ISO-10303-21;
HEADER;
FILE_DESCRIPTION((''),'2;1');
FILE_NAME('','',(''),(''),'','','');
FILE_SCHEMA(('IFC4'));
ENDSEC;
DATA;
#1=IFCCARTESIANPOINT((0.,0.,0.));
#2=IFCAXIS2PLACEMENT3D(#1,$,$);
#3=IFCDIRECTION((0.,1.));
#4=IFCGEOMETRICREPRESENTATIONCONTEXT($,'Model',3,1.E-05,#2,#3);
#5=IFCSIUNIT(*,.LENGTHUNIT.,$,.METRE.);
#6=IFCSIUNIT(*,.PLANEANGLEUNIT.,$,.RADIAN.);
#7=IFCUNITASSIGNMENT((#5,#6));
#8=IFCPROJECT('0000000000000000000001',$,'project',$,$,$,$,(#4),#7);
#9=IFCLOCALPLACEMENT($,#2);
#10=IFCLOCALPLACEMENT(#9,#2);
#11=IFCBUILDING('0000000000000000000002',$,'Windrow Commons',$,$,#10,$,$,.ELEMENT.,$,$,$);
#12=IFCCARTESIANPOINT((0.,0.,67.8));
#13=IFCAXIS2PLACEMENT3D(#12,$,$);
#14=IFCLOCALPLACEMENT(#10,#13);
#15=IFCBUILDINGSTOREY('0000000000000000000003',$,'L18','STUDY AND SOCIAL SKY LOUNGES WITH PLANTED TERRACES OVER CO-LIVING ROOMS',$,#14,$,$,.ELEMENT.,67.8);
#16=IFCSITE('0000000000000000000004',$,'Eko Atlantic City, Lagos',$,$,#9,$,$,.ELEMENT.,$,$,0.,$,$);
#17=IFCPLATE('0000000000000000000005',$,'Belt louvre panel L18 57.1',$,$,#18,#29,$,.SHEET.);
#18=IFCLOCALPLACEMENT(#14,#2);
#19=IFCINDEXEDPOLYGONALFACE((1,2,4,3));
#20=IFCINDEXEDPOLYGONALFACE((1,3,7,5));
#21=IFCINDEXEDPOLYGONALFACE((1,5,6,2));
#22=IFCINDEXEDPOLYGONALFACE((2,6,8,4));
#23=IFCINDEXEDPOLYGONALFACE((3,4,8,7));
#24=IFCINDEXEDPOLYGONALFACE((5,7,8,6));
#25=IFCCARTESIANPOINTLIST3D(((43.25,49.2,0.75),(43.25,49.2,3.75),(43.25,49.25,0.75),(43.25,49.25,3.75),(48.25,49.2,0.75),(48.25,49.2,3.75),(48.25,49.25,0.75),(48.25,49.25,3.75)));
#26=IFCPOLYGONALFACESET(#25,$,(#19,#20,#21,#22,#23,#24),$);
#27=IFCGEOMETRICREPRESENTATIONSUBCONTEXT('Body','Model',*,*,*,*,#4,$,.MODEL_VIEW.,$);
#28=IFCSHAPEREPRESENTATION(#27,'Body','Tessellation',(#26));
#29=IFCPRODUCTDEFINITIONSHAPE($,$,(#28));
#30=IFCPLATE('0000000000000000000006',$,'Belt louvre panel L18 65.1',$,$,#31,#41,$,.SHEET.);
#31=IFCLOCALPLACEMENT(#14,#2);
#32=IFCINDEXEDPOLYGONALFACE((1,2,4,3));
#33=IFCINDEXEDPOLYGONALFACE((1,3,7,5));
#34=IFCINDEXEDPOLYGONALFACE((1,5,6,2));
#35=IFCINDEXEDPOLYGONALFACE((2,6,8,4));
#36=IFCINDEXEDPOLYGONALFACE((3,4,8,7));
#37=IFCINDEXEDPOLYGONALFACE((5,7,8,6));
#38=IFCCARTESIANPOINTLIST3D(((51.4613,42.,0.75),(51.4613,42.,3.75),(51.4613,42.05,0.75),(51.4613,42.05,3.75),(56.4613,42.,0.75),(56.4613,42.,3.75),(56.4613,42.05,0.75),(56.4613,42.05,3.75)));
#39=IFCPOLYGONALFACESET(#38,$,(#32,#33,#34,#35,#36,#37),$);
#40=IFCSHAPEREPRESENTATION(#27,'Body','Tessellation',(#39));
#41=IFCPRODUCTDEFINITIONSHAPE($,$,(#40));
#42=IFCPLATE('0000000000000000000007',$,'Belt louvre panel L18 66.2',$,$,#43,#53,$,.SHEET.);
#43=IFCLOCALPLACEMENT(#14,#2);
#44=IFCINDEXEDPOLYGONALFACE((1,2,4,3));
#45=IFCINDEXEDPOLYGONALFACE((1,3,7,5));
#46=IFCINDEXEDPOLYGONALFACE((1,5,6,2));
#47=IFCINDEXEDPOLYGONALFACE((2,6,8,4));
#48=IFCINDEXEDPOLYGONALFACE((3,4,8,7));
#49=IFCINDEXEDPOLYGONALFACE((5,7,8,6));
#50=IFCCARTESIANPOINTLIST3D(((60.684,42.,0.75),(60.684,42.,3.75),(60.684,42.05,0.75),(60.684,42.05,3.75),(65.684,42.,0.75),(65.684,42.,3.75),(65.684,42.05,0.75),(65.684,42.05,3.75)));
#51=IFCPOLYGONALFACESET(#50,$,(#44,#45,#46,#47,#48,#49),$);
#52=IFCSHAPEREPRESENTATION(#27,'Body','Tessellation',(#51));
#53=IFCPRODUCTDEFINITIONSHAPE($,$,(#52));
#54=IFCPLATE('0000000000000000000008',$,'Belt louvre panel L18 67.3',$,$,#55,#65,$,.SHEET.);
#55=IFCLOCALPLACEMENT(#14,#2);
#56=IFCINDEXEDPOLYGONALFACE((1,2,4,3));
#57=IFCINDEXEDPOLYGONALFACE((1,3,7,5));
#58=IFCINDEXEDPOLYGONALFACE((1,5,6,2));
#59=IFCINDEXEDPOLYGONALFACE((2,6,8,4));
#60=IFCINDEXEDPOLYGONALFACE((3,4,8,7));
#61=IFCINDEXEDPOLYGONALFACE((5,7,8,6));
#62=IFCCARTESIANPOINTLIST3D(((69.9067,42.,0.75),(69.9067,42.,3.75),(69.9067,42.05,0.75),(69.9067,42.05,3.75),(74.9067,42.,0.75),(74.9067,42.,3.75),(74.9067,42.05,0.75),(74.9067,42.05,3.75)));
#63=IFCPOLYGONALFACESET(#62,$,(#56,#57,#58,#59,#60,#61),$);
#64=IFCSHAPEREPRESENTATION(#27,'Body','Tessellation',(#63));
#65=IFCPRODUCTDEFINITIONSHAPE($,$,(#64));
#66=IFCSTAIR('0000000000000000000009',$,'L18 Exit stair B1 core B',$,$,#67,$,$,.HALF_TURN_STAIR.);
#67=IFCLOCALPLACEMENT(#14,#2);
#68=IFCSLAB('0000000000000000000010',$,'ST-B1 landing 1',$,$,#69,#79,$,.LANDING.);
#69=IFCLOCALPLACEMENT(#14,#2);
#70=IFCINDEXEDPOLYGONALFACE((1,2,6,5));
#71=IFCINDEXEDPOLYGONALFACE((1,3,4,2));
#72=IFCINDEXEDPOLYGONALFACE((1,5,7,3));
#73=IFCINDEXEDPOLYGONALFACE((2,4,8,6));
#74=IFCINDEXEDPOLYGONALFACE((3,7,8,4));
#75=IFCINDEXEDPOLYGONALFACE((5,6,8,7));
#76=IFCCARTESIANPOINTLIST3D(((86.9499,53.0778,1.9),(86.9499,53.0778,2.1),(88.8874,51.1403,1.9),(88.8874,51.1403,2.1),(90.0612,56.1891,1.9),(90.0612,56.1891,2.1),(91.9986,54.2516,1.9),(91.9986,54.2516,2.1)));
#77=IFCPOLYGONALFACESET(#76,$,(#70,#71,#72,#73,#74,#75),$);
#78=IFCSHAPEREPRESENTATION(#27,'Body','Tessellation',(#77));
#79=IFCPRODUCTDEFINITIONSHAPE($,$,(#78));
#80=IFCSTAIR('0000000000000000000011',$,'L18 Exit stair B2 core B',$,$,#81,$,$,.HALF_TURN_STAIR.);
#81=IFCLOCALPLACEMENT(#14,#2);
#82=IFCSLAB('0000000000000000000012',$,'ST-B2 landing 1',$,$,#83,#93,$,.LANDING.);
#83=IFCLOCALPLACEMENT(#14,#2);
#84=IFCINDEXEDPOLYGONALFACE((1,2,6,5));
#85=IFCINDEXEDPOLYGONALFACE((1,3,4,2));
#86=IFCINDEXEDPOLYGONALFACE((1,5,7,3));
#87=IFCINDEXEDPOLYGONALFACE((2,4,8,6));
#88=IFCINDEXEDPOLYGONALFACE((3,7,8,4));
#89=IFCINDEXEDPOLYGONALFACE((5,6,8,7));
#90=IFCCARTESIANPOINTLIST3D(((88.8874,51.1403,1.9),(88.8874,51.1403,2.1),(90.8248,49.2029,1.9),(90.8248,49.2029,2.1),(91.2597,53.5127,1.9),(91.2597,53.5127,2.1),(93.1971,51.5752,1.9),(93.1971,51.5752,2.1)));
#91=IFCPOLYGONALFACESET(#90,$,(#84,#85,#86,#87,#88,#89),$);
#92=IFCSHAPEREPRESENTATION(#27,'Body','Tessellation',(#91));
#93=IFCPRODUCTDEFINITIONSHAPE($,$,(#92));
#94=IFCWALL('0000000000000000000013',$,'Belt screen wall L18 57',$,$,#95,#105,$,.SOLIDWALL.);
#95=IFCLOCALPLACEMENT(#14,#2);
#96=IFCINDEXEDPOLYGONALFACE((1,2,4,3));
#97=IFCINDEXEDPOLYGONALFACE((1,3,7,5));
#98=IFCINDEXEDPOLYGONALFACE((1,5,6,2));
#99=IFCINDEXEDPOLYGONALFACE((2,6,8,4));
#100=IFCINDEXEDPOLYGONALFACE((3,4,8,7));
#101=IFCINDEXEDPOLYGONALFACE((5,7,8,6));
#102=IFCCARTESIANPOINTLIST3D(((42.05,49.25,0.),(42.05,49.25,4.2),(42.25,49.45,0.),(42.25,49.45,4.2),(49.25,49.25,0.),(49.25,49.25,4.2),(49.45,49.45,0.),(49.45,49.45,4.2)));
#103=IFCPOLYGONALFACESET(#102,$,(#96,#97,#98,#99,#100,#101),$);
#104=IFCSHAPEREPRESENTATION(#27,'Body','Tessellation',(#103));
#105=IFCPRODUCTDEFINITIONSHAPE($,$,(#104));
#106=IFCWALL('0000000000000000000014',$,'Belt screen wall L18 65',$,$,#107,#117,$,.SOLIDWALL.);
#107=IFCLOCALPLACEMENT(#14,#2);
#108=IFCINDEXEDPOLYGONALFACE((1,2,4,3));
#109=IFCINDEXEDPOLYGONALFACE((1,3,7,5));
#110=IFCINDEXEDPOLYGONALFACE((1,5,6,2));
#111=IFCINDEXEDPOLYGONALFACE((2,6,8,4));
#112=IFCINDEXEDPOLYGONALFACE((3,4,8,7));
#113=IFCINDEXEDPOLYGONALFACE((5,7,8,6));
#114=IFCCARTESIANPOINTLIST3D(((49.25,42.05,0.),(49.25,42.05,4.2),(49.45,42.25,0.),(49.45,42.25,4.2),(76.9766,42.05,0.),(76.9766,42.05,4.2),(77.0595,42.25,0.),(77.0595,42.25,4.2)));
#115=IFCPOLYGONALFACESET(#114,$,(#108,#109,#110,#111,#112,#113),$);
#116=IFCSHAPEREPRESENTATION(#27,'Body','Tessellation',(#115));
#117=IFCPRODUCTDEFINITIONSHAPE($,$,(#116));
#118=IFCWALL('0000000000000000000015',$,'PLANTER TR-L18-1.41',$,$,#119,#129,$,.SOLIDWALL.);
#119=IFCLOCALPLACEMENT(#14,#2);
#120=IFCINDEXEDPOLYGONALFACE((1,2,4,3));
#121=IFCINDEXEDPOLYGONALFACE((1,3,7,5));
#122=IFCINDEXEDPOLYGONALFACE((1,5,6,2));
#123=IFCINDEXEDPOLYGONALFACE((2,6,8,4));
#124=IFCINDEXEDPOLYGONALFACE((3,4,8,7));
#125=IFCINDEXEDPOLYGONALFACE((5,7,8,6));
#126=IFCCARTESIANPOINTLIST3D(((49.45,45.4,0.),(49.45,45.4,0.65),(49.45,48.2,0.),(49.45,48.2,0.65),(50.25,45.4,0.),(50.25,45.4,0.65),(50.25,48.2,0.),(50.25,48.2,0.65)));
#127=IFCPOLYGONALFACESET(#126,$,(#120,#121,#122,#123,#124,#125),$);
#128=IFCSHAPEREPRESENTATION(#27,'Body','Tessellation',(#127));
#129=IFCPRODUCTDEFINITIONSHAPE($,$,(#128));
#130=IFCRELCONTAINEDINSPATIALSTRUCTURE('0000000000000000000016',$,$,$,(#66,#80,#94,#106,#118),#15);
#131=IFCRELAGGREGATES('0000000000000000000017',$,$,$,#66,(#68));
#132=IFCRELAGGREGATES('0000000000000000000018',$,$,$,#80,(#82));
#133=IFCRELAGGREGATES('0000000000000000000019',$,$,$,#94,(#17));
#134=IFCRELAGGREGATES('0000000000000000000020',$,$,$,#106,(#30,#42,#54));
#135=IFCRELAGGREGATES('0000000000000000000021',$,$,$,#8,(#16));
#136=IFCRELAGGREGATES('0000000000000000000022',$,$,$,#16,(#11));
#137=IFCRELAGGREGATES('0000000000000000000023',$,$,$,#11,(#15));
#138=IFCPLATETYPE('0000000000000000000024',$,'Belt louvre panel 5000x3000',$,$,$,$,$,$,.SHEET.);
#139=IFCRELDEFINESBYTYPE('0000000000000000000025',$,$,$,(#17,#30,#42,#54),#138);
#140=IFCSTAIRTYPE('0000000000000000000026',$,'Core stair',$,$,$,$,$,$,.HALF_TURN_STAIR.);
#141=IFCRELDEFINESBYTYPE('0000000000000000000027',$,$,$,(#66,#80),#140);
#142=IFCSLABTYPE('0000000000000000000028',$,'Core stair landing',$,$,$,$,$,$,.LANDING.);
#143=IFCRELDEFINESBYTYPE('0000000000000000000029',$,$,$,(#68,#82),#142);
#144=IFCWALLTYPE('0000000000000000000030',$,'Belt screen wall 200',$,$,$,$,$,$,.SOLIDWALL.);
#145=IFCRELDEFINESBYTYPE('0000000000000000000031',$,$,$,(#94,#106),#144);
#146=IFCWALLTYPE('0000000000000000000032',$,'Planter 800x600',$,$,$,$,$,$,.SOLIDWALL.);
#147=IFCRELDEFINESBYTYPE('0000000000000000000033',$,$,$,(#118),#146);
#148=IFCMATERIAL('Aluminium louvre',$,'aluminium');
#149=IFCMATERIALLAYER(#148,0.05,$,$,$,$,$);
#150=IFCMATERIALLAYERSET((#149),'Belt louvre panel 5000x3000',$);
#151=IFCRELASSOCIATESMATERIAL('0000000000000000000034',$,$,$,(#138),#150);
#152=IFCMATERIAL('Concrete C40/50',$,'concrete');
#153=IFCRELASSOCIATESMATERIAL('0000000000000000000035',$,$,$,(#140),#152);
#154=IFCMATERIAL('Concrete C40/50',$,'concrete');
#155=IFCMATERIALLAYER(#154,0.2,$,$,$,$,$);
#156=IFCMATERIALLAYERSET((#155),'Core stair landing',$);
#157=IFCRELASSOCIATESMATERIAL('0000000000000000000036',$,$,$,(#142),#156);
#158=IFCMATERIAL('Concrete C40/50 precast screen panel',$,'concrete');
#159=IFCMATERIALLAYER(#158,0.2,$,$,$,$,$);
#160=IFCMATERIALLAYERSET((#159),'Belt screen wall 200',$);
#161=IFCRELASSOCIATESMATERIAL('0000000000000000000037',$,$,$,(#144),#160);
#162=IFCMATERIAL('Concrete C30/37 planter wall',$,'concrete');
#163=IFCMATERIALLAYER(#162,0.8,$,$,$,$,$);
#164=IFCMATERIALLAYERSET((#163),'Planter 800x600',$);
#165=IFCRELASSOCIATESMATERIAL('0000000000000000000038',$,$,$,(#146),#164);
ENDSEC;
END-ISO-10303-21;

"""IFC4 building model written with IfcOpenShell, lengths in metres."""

from ifc_helpers import new_model, si_unit, direction, frame, frame_2d, origin, place, context, subcontext, project, spatial, polyline, rectangle, outline, extrude, material, layer, layer_set, type_object, element, aggregate, save


model = new_model("IFC4")

# Units and contexts
model_context = context("Model", 3, precision=1e-05, world=origin(), true_north=direction((0.0, 1.0)))
body_context = subcontext(model_context, "Body", "Model", "MODEL_VIEW")
ifc_project = project(units=[si_unit("LENGTHUNIT", "METRE"), si_unit("PLANEANGLEUNIT", "RADIAN")], contexts=[model_context])

# Plates
ifc_material_1 = material(Name="Aluminium louvre", Category="aluminium")
ifc_layer_1 = layer(ifc_material_1, 0.05)
ifc_layer_set_1 = layer_set([ifc_layer_1], Name="Belt louvre panel 5000x3000")
plate_type = type_object("IfcPlateType", Name="Belt louvre panel 5000x3000", PredefinedType="SHEET", material=ifc_layer_set_1)
site_placement = place(None, origin())
building_placement = place(site_placement, origin())
storey_placement = place(building_placement, frame((0.0, 0.0, 67.8)))
plate_1_placement = place(storey_placement, frame((43.25, 49.2, 0.75), z_axis=(0.0, -1.0, 0.0), x_axis=(1.0, 0.0, 0.0)))
plate_1 = element("IfcPlate", 1, at=plate_1_placement, type_object=plate_type, Name="Belt louvre panel L18 57.1", PredefinedType="SHEET", context=body_context, shape_type="SweptSolid", body=[
    extrude(outline(polyline([(0.0, 0.0), (5.0, 0.0), (5.0, 3.0), (0.0, 3.0), (0.0, 0.0)])), origin(), (0.0, 0.0, -1.0), 0.05),
])
plate_2_placement = place(storey_placement, frame((51.4613, 42.0, 0.75), z_axis=(0.0, -1.0, 0.0), x_axis=(1.0, 0.0, 0.0)))
plate_2 = element("IfcPlate", 2, at=plate_2_placement, type_object=plate_type, Name="Belt louvre panel L18 65.1", PredefinedType="SHEET", context=body_context, shape_type="SweptSolid", body=[
    extrude(outline(polyline([(0.0, 0.0), (5.0, 0.0), (5.0, 3.0), (0.0, 3.0), (0.0, 0.0)])), origin(), (0.0, 0.0, -1.0), 0.05),
])
plate_3_placement = place(storey_placement, frame((60.684, 42.0, 0.75), z_axis=(0.0, -1.0, 0.0), x_axis=(1.0, 0.0, 0.0)))
plate_3 = element("IfcPlate", 3, at=plate_3_placement, type_object=plate_type, Name="Belt louvre panel L18 66.2", PredefinedType="SHEET", context=body_context, shape_type="SweptSolid", body=[
    extrude(outline(polyline([(0.0, 0.0), (5.0, 0.0), (5.0, 3.0), (0.0, 3.0), (0.0, 0.0)])), origin(), (0.0, 0.0, -1.0), 0.05),
])
plate_4_placement = place(storey_placement, frame((69.9067, 42.0, 0.75), z_axis=(0.0, -1.0, 0.0), x_axis=(1.0, 0.0, 0.0)))
plate_4 = element("IfcPlate", 4, at=plate_4_placement, type_object=plate_type, Name="Belt louvre panel L18 67.3", PredefinedType="SHEET", context=body_context, shape_type="SweptSolid", body=[
    extrude(outline(polyline([(0.0, 0.0), (5.0, 0.0), (5.0, 3.0), (0.0, 3.0), (0.0, 0.0)])), origin(), (0.0, 0.0, -1.0), 0.05),
])

# Site, building, storey
site = spatial("IfcSite", under=ifc_project, at=site_placement, Name="Eko Atlantic City, Lagos", CompositionType="ELEMENT", RefElevation=0.0)
building = spatial("IfcBuilding", under=site, at=building_placement, Name="Windrow Commons", CompositionType="ELEMENT")
storey = spatial("IfcBuildingStorey", under=building, at=storey_placement, Name="L18", Description="STUDY AND SOCIAL SKY LOUNGES WITH PLANTED TERRACES OVER CO-LIVING ROOMS", CompositionType="ELEMENT", Elevation=67.8)

# Stairs, slabs
ifc_material_2 = material(Name="Concrete C40/50", Category="concrete")
stair_type = type_object("IfcStairType", Name="Core stair", PredefinedType="HALF_TURN_STAIR", material=ifc_material_2)
placement_1 = place(storey_placement, origin())
stair_1 = element("IfcStair", 5, at=placement_1, inside=storey, type_object=stair_type, Name="L18 Exit stair B1 core B", PredefinedType="HALF_TURN_STAIR")
ifc_material_3 = material(Name="Concrete C40/50", Category="concrete")
ifc_layer_2 = layer(ifc_material_3, 0.2)
ifc_layer_set_2 = layer_set([ifc_layer_2], Name="Core stair landing")
slab_type = type_object("IfcSlabType", Name="Core stair landing", PredefinedType="LANDING", material=ifc_layer_set_2)
placement_2 = place(storey_placement, frame((0.0, 0.0, 1.9)))
slab_1 = element("IfcSlab", 6, at=placement_2, type_object=slab_type, Name="ST-B1 landing 1", PredefinedType="LANDING", context=body_context, shape_type="SweptSolid", body=[
    extrude(outline(polyline([(86.9499, 53.0778), (88.8874, 51.1403), (91.9986, 54.2516), (90.0612, 56.1891), (86.9499, 53.0778)])), origin(), (0.0, 0.0, 1.0), 0.2),
])
aggregate(stair_1, [slab_1])
stair_2 = element("IfcStair", 7, at=placement_1, inside=storey, type_object=stair_type, Name="L18 Exit stair B2 core B", PredefinedType="HALF_TURN_STAIR")
slab_2 = element("IfcSlab", 8, at=placement_2, type_object=slab_type, Name="ST-B2 landing 1", PredefinedType="LANDING", context=body_context, shape_type="SweptSolid", body=[
    extrude(outline(polyline([(88.8874, 51.1403), (90.8248, 49.2029), (93.1971, 51.5752), (91.2597, 53.5127), (88.8874, 51.1403)])), origin(), (0.0, 0.0, 1.0), 0.2),
])
aggregate(stair_2, [slab_2])

# Walls
ifc_material_4 = material(Name="Concrete C40/50 precast screen panel", Category="concrete")
ifc_layer_3 = layer(ifc_material_4, 0.2)
ifc_layer_set_3 = layer_set([ifc_layer_3], Name="Belt screen wall 200")
wall_type_1 = type_object("IfcWallType", Name="Belt screen wall 200", PredefinedType="SOLIDWALL", material=ifc_layer_set_3)
wall_1_placement = place(storey_placement, frame((42.15, 49.35, 0.0), z_axis=(0.0, 0.0, 1.0), x_axis=(1.0, 0.0, 0.0)))
wall_1 = element("IfcWall", 9, at=wall_1_placement, inside=storey, type_object=wall_type_1, Name="Belt screen wall L18 57", PredefinedType="SOLIDWALL", context=body_context, shape_type="SweptSolid", body=[
    extrude(outline(polyline([(-0.1, -0.1), (7.1, -0.1), (7.3, 0.1), (0.1, 0.1), (-0.1, -0.1)])), origin(), (0.0, 0.0, 1.0), 4.2),
])
aggregate(wall_1, [plate_1])
wall_2_placement = place(storey_placement, frame((49.35, 42.15, 0.0), z_axis=(0.0, 0.0, 1.0), x_axis=(1.0, 0.0, 0.0)))
wall_2 = element("IfcWall", 10, at=wall_2_placement, inside=storey, type_object=wall_type_1, Name="Belt screen wall L18 65", PredefinedType="SOLIDWALL", context=body_context, shape_type="SweptSolid", body=[
    extrude(outline(polyline([(-0.1, -0.1), (27.6266, -0.1), (27.7095, 0.1), (0.1, 0.1), (-0.1, -0.1)])), origin(), (0.0, 0.0, 1.0), 4.2),
])
aggregate(wall_2, [plate_2, plate_3, plate_4])
ifc_material_5 = material(Name="Concrete C30/37 planter wall", Category="concrete")
ifc_layer_4 = layer(ifc_material_5, 0.8)
ifc_layer_set_4 = layer_set([ifc_layer_4], Name="Planter 800x600")
wall_type_2 = type_object("IfcWallType", Name="Planter 800x600", PredefinedType="SOLIDWALL", material=ifc_layer_set_4)
wall_3_placement = place(storey_placement, frame((49.85, 48.2, 0.0), z_axis=(0.0, 0.0, 1.0), x_axis=(0.0, -1.0, 0.0)))
element("IfcWall", 11, at=wall_3_placement, inside=storey, type_object=wall_type_2, Name="PLANTER TR-L18-1.41", PredefinedType="SOLIDWALL", context=body_context, shape_type="SweptSolid", body=[
    extrude(rectangle(XDim=2.8, YDim=0.8, at=frame_2d((1.4, 0.0))), origin(), (0.0, 0.0, 1.0), 0.65),
])

save(model, "model.ifc")
